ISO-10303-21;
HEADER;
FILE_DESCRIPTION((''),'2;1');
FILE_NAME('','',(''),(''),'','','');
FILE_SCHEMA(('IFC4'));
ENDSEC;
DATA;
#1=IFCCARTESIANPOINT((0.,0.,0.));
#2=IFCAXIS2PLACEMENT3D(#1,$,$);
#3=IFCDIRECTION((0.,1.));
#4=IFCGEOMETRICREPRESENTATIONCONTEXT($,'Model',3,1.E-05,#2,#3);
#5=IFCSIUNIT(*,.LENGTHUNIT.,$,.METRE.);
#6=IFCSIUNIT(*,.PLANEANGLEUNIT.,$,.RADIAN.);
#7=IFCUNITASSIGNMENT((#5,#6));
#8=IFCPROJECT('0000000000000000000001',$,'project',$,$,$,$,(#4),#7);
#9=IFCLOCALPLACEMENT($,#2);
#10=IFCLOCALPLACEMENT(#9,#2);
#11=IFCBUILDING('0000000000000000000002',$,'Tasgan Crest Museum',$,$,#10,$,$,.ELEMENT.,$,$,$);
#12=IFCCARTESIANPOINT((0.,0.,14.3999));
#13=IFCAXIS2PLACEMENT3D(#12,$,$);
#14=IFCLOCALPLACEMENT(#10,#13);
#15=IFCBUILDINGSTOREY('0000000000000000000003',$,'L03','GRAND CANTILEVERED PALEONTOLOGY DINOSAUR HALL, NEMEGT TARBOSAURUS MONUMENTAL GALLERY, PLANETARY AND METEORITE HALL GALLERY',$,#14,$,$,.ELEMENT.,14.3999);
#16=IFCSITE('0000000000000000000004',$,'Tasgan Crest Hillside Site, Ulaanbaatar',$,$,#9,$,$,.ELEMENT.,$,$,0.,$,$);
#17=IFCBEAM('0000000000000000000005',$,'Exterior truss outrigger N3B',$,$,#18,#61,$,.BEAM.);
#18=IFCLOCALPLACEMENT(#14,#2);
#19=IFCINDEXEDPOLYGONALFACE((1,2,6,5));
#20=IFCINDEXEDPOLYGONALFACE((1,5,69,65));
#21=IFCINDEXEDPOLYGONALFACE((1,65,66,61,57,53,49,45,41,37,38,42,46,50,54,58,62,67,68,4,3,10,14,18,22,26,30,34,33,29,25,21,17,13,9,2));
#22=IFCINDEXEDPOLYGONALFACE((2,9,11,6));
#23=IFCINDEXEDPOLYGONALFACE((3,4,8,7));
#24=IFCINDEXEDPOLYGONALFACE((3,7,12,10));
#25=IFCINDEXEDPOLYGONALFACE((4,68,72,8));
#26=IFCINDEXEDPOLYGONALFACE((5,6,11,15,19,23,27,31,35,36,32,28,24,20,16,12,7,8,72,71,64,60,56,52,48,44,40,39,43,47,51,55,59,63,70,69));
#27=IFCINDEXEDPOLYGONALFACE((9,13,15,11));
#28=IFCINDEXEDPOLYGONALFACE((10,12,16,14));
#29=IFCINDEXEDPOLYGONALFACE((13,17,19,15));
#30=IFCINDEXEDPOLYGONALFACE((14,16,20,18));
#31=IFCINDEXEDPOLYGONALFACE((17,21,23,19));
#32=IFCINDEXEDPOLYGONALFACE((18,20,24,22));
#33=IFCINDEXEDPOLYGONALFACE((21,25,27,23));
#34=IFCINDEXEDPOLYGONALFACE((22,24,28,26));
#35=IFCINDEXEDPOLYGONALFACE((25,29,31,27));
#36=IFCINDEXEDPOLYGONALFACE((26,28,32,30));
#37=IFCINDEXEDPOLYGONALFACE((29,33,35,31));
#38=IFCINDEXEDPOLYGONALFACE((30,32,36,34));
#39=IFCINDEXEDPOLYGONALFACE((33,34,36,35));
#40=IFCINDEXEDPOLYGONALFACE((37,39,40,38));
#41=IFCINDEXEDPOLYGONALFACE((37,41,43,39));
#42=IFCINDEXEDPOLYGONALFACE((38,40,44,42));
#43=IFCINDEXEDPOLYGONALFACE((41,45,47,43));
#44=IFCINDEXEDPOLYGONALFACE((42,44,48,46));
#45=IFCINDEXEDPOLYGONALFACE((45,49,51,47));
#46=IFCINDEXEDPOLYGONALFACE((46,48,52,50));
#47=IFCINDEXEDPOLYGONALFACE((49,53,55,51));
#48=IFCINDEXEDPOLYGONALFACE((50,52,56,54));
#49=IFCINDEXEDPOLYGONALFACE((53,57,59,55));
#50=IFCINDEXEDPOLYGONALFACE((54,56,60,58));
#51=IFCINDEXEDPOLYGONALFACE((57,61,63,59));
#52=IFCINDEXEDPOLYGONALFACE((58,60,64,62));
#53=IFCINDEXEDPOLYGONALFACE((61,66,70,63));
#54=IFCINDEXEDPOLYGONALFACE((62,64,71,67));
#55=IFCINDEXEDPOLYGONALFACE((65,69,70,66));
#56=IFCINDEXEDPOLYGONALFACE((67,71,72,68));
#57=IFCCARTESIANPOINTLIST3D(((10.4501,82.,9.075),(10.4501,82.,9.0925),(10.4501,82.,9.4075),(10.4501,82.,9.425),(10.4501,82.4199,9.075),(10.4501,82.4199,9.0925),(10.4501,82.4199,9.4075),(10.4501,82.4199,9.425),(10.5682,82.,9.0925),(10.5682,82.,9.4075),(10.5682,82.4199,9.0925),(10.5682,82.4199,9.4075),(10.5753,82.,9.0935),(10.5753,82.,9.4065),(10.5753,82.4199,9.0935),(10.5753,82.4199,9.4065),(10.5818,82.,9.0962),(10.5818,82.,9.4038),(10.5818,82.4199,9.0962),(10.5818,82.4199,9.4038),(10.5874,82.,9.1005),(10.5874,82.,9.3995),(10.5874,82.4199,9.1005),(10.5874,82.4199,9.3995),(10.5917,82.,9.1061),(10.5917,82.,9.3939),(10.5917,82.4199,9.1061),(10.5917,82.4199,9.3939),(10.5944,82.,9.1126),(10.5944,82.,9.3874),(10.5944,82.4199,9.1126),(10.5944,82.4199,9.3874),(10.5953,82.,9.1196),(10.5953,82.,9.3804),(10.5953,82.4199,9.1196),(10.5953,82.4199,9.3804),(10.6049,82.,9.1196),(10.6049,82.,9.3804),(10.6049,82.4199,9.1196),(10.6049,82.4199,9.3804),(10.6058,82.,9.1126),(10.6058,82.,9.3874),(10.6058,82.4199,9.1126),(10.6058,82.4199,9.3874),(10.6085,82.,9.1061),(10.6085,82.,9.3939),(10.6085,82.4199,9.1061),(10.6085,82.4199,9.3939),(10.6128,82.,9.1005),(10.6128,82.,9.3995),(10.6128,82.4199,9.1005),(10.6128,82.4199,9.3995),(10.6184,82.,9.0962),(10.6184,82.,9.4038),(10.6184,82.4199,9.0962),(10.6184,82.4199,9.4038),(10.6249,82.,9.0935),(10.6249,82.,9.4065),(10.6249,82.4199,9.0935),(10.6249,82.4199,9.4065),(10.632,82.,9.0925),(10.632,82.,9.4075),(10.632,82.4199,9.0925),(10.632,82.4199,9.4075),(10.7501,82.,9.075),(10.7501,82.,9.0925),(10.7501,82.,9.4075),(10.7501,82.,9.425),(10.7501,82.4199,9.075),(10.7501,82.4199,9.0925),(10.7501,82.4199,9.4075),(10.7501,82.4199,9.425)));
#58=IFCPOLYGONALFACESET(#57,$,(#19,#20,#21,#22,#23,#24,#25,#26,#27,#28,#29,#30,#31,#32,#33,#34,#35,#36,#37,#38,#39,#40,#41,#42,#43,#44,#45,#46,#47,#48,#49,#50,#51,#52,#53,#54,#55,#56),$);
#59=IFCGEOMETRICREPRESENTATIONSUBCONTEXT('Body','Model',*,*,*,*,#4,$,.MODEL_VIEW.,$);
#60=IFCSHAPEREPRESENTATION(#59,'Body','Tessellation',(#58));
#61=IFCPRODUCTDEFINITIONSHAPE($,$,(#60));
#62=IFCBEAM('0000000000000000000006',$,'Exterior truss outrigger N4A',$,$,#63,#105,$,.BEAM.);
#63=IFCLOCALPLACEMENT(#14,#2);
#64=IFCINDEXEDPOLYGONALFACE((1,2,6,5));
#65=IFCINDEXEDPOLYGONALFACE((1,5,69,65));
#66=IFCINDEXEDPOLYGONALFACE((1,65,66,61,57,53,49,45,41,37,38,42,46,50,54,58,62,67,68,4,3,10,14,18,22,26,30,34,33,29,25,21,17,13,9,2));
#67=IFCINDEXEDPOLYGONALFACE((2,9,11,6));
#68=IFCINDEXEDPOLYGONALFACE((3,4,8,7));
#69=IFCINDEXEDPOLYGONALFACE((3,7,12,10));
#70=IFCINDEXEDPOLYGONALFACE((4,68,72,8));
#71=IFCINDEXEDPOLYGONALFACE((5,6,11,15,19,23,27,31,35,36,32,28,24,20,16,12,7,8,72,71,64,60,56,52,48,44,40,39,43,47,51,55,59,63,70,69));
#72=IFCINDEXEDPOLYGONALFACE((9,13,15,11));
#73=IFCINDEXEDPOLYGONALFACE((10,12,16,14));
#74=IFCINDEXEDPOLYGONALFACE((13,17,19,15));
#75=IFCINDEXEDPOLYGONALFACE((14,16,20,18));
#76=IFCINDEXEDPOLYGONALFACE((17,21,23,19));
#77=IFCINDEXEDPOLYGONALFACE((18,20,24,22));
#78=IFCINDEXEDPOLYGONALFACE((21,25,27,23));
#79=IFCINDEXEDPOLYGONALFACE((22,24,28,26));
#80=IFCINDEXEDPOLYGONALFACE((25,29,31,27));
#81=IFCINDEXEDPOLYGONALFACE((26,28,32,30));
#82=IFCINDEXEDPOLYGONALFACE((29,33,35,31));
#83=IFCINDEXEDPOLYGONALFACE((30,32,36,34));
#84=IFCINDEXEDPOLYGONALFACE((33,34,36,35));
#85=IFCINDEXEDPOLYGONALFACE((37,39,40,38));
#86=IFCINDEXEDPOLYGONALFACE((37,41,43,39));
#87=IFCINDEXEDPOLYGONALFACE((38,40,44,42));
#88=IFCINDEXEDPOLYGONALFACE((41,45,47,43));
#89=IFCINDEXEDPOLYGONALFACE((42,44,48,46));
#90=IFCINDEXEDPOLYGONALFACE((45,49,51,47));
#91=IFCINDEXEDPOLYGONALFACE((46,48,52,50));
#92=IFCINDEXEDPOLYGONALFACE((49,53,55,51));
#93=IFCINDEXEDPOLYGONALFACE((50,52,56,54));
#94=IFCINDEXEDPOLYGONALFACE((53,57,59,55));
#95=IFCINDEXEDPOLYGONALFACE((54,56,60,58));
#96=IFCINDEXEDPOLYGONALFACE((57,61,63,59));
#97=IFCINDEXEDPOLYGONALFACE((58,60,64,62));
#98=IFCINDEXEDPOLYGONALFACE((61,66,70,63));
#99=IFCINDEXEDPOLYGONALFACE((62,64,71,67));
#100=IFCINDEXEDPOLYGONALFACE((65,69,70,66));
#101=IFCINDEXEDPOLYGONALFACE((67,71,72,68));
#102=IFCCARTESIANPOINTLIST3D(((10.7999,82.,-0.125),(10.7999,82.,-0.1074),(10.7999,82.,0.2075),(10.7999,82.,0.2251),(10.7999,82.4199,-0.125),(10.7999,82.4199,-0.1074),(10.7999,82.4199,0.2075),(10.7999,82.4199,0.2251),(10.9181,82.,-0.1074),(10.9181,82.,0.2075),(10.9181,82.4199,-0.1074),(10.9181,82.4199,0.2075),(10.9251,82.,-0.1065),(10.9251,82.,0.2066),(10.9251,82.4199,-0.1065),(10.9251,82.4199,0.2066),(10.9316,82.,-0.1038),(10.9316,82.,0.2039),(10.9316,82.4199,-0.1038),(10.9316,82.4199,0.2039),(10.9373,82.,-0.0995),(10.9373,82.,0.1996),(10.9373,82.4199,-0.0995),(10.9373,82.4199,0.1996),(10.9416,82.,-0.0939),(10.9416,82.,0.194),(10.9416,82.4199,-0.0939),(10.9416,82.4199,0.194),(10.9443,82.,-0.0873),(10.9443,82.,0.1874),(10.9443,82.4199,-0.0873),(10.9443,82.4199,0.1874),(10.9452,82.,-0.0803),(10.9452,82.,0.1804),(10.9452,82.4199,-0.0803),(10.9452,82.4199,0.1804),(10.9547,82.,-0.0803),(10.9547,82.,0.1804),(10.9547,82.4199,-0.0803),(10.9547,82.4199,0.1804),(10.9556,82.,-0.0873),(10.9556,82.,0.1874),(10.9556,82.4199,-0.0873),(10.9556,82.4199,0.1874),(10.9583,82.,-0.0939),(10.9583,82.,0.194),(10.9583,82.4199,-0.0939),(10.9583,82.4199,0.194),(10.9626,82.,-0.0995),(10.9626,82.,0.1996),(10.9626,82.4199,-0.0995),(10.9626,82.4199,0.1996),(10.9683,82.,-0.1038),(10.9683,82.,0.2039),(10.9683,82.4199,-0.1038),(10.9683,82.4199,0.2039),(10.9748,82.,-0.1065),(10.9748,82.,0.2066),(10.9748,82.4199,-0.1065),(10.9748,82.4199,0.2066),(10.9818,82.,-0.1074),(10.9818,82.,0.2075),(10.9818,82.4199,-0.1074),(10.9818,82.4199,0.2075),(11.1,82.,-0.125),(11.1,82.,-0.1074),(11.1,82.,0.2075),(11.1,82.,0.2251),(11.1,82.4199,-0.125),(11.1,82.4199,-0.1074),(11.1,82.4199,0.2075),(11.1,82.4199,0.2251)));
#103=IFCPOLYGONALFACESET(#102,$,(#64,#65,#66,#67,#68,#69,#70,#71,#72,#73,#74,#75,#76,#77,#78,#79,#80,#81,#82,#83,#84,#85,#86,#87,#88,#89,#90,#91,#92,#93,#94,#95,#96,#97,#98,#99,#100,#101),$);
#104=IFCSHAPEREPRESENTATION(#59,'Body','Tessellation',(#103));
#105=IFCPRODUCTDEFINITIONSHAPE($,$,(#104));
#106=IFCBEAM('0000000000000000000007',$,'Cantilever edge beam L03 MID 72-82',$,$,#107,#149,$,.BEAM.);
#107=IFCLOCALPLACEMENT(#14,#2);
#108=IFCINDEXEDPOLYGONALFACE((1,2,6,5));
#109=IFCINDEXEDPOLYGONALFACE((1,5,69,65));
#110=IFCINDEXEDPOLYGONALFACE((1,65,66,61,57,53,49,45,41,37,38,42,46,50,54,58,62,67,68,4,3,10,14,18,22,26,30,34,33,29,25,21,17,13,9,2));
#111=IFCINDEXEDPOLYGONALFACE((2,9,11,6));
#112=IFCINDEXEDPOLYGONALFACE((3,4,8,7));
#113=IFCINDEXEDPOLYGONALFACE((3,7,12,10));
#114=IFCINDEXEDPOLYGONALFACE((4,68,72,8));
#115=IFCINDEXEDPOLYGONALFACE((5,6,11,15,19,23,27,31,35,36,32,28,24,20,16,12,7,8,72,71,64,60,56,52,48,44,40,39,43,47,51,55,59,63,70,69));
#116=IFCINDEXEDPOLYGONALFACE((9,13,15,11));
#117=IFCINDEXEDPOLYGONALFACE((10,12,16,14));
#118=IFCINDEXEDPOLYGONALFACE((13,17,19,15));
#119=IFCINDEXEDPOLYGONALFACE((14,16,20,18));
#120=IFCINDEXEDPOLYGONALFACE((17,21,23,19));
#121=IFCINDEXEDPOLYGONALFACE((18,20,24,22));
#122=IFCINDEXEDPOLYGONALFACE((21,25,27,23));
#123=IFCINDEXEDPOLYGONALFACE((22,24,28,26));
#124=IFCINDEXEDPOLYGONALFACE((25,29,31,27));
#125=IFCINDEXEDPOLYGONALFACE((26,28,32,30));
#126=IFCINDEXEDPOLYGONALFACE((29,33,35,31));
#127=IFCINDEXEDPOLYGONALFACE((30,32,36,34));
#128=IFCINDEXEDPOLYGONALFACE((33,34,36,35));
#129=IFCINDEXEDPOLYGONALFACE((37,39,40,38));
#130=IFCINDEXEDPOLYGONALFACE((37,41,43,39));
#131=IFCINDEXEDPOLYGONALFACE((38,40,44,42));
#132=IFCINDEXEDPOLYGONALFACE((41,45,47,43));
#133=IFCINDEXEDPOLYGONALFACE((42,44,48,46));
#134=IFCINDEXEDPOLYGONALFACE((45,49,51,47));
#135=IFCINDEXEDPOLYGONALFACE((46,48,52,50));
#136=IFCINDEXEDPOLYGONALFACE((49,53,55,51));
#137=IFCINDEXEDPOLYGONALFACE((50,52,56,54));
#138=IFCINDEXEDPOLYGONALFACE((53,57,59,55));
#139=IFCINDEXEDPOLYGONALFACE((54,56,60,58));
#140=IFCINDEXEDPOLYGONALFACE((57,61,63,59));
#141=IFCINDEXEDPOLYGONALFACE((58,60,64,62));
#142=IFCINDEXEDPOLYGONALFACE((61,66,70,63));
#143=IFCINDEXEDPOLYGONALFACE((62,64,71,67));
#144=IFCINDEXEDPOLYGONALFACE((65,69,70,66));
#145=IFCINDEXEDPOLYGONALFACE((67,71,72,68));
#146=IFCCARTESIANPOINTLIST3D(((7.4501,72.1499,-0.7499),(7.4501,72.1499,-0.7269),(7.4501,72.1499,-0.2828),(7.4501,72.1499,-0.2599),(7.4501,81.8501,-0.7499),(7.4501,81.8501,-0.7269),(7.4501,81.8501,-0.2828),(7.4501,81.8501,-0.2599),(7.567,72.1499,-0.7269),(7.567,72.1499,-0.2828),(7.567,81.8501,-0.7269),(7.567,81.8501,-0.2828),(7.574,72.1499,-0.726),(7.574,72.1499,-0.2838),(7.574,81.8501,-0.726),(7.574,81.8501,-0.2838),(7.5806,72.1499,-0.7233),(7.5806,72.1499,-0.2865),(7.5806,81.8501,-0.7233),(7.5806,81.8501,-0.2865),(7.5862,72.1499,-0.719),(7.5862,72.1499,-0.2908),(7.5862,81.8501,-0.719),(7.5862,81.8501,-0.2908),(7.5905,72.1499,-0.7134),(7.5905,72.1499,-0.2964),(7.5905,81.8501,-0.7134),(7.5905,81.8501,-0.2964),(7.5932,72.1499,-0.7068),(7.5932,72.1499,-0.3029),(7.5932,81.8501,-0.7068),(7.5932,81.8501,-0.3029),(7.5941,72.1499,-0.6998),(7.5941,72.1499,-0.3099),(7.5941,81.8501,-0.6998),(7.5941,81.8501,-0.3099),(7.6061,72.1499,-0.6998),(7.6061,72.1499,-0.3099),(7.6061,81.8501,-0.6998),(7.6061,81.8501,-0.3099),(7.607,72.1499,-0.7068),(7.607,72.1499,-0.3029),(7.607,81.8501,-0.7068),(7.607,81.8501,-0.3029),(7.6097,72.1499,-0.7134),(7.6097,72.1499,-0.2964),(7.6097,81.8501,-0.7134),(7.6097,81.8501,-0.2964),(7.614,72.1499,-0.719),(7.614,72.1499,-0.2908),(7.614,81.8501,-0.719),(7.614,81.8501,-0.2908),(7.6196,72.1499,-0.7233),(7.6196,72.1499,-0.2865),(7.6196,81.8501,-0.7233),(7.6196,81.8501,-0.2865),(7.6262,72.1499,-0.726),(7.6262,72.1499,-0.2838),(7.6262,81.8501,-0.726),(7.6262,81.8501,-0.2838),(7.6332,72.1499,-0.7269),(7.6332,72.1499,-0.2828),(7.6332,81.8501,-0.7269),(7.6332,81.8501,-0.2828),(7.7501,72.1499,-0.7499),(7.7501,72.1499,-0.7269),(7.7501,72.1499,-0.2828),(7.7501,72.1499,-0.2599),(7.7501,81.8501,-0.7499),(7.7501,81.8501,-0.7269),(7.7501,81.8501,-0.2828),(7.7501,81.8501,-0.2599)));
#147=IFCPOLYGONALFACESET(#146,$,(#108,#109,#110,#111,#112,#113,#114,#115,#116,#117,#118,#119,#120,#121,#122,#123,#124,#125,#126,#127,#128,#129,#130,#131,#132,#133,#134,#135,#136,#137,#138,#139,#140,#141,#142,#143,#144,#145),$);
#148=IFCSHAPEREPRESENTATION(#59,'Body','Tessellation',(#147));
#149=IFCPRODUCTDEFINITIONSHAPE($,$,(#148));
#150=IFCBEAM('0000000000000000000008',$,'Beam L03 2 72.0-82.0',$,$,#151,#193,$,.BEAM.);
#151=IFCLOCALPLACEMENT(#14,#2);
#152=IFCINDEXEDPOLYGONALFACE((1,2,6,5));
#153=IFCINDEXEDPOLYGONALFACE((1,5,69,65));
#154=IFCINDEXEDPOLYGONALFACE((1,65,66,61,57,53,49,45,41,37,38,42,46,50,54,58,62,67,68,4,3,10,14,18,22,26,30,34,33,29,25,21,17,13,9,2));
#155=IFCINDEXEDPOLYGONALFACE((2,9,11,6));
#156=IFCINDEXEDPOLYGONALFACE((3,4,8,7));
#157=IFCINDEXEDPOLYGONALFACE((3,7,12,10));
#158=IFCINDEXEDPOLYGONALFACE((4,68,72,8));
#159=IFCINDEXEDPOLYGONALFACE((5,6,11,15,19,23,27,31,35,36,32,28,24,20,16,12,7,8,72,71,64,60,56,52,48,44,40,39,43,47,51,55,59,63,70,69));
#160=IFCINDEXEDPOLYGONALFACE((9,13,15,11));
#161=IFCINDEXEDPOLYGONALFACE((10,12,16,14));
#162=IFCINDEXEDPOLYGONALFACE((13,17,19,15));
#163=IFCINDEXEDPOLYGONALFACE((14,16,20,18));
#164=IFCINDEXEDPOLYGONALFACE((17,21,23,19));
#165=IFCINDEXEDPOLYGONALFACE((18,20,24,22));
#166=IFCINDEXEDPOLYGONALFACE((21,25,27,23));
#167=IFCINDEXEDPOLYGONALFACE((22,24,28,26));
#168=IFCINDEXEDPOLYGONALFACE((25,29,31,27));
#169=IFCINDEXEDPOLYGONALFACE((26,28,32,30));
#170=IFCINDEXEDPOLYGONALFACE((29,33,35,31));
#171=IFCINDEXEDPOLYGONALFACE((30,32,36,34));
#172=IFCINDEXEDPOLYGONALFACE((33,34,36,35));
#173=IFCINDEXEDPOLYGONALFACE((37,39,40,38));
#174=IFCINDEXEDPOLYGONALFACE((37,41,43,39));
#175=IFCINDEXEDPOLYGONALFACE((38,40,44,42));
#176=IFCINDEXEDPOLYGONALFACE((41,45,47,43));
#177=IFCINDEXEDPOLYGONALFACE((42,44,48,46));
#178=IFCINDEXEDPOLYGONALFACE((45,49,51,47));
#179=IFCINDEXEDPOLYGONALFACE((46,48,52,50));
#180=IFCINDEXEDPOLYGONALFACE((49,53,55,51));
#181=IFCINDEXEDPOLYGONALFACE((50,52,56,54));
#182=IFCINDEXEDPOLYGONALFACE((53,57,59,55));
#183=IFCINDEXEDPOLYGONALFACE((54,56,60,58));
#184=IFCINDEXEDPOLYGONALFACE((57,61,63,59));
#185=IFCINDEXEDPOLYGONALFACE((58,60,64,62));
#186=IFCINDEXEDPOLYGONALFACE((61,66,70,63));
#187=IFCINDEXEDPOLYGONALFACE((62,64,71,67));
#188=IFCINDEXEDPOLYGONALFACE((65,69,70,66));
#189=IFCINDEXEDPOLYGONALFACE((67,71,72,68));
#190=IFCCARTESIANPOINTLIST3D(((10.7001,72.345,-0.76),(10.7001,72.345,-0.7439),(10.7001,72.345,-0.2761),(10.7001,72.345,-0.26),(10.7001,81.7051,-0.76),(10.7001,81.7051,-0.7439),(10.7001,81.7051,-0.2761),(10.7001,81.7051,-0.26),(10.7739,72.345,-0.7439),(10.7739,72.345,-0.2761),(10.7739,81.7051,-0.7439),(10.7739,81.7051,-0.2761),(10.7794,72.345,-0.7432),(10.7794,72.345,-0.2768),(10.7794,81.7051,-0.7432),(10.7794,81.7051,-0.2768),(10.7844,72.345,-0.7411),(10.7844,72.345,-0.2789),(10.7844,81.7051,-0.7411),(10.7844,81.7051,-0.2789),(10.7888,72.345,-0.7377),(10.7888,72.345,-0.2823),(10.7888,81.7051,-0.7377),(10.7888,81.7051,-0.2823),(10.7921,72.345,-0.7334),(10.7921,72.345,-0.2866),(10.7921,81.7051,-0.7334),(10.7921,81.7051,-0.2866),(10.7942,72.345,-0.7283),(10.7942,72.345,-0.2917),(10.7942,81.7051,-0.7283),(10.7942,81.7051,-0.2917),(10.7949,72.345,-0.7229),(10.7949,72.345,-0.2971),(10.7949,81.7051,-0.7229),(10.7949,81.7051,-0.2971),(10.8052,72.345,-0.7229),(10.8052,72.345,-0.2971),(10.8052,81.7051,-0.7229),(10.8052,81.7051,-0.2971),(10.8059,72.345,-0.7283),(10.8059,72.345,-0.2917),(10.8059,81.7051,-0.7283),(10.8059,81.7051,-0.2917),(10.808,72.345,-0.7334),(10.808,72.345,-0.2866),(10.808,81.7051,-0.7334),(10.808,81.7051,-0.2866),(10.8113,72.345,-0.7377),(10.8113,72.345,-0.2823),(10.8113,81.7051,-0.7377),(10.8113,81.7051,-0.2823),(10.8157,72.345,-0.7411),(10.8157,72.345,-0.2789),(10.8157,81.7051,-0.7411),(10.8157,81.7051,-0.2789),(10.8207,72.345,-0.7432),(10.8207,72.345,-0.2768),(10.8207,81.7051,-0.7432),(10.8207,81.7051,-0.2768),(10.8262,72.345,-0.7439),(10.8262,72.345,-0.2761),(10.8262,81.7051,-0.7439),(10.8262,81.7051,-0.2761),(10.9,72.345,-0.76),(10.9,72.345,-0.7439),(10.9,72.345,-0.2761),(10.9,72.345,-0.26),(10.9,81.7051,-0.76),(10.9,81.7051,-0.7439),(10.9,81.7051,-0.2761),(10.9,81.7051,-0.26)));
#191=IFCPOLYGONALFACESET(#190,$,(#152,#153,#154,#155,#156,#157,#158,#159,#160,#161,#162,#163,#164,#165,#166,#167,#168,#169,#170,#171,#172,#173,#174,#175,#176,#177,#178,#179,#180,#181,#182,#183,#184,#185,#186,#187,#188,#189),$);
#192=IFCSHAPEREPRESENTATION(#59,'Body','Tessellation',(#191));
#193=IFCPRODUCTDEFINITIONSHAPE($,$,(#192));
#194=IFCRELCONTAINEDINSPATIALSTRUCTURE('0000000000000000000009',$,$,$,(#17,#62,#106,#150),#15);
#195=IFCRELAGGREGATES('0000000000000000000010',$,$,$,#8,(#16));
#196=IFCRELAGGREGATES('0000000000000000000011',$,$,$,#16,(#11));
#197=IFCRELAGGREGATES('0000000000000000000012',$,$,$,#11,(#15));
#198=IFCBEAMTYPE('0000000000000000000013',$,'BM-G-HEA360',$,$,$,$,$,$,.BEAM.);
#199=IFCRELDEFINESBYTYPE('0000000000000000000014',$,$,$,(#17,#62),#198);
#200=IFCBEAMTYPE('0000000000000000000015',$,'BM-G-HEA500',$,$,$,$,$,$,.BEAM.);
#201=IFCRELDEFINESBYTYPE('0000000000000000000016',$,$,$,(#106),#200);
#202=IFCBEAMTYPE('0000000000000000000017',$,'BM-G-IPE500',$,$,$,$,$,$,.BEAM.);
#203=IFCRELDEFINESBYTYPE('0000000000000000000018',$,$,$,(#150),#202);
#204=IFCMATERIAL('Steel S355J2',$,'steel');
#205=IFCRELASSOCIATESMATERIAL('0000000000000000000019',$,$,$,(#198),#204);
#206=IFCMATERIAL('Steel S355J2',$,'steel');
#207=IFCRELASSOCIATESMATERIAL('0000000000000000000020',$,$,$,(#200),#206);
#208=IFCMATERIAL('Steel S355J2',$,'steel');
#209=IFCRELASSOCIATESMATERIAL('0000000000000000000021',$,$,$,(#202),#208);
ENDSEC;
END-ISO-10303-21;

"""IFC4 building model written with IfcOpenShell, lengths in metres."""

from ifc_helpers import new_model, si_unit, direction, frame, origin, origin_2d, place, context, subcontext, project, spatial, i_section, extrude, material, material_profile, profile_set, type_object, element, save


model = new_model("IFC4")

# Units and contexts
model_context = context("Model", 3, precision=1e-05, world=origin(), true_north=direction((0.0, 1.0)))
body_context = subcontext(model_context, "Body", "Model", "MODEL_VIEW")
ifc_project = project(units=[si_unit("LENGTHUNIT", "METRE"), si_unit("PLANEANGLEUNIT", "RADIAN")], contexts=[model_context])

# Site, building, storey
site_placement = place(None, origin())
site = spatial("IfcSite", under=ifc_project, at=site_placement, Name="Tasgan Crest Hillside Site, Ulaanbaatar", CompositionType="ELEMENT", RefElevation=0.0)
building_placement = place(site_placement, origin())
building = spatial("IfcBuilding", under=site, at=building_placement, Name="Tasgan Crest Museum", CompositionType="ELEMENT")
storey_placement = place(building_placement, frame((0.0, 0.0, 14.3999)))
storey = spatial("IfcBuildingStorey", under=building, at=storey_placement, Name="L03", Description="GRAND CANTILEVERED PALEONTOLOGY DINOSAUR HALL, NEMEGT TARBOSAURUS MONUMENTAL GALLERY, PLANETARY AND METEORITE HALL GALLERY", CompositionType="ELEMENT", Elevation=14.3999)

# Beams
ifc_material_1 = material(Name="Steel S355J2", Category="steel")
ifc_material_profile_1 = material_profile(ifc_material_1, i_section(OverallWidth=0.3, OverallDepth=0.3501, WebThickness=0.0095, FlangeThickness=0.0176, FilletRadius=0.0271, at=origin_2d()), Name="HEA 360")
ifc_profile_set_1 = profile_set([ifc_material_profile_1], Name="Steel S355J2")
beam_type_1 = type_object("IfcBeamType", Name="BM-G-HEA360", PredefinedType="BEAM", material=ifc_profile_set_1)
for number, where, z_axis, x_axis, name in (
    (1, (10.6001, 82.0, 9.25), (0.0, 1.0, 0.0), (-1.0, 0.0, 0.0), "Exterior truss outrigger N3B"),
    (2, (10.95, 82.0, 0.05), (0.0, 1.0, 0.0), (-1.0, 0.0, 0.0), "Exterior truss outrigger N4A"),
):
    element("IfcBeam", number, at=place(storey_placement, frame(where, z_axis=z_axis, x_axis=x_axis)), inside=storey, type_object=beam_type_1, Name=name, PredefinedType="BEAM", context=body_context, shape_type="SweptSolid", body=[
        extrude(i_section(OverallWidth=0.3, OverallDepth=0.3501, WebThickness=0.0095, FlangeThickness=0.0176, FilletRadius=0.0271, at=origin_2d()), origin(), (0.0, 0.0, 1.0), 0.4199),
    ])
ifc_material_2 = material(Name="Steel S355J2", Category="steel")
ifc_material_profile_2 = material_profile(ifc_material_2, i_section(OverallWidth=0.3, OverallDepth=0.49, WebThickness=0.012, FlangeThickness=0.0229, FilletRadius=0.0271, at=origin_2d()), Name="HEA 500")
ifc_profile_set_2 = profile_set([ifc_material_profile_2], Name="Steel S355J2")
beam_type_2 = type_object("IfcBeamType", Name="BM-G-HEA500", PredefinedType="BEAM", material=ifc_profile_set_2)
beam_1_placement = place(storey_placement, frame((7.6001, 72.1499, -0.5049), z_axis=(0.0, 1.0, 0.0), x_axis=(-1.0, 0.0, 0.0)))
element("IfcBeam", 3, at=beam_1_placement, inside=storey, type_object=beam_type_2, Name="Cantilever edge beam L03 MID 72-82", PredefinedType="BEAM", context=body_context, shape_type="SweptSolid", body=[
    extrude(i_section(OverallWidth=0.3, OverallDepth=0.49, WebThickness=0.012, FlangeThickness=0.0229, FilletRadius=0.0271, at=origin_2d()), origin(), (0.0, 0.0, 1.0), 9.7002),
])
ifc_material_3 = material(Name="Steel S355J2", Category="steel")
ifc_material_profile_3 = material_profile(ifc_material_3, i_section(OverallWidth=0.2, OverallDepth=0.5, WebThickness=0.0103, FlangeThickness=0.0161, FilletRadius=0.021, at=origin_2d()), Name="IPE 500")
ifc_profile_set_3 = profile_set([ifc_material_profile_3], Name="Steel S355J2")
beam_type_3 = type_object("IfcBeamType", Name="BM-G-IPE500", PredefinedType="BEAM", material=ifc_profile_set_3)
beam_2_placement = place(storey_placement, frame((10.8, 72.345, -0.51), z_axis=(0.0, 1.0, 0.0), x_axis=(-1.0, 0.0, 0.0)))
element("IfcBeam", 4, at=beam_2_placement, inside=storey, type_object=beam_type_3, Name="Beam L03 2 72.0-82.0", PredefinedType="BEAM", context=body_context, shape_type="SweptSolid", body=[
    extrude(i_section(OverallWidth=0.2, OverallDepth=0.5, WebThickness=0.0103, FlangeThickness=0.0161, FilletRadius=0.021, at=origin_2d()), origin(), (0.0, 0.0, 1.0), 9.3601),
])

save(model, "model.ifc")
